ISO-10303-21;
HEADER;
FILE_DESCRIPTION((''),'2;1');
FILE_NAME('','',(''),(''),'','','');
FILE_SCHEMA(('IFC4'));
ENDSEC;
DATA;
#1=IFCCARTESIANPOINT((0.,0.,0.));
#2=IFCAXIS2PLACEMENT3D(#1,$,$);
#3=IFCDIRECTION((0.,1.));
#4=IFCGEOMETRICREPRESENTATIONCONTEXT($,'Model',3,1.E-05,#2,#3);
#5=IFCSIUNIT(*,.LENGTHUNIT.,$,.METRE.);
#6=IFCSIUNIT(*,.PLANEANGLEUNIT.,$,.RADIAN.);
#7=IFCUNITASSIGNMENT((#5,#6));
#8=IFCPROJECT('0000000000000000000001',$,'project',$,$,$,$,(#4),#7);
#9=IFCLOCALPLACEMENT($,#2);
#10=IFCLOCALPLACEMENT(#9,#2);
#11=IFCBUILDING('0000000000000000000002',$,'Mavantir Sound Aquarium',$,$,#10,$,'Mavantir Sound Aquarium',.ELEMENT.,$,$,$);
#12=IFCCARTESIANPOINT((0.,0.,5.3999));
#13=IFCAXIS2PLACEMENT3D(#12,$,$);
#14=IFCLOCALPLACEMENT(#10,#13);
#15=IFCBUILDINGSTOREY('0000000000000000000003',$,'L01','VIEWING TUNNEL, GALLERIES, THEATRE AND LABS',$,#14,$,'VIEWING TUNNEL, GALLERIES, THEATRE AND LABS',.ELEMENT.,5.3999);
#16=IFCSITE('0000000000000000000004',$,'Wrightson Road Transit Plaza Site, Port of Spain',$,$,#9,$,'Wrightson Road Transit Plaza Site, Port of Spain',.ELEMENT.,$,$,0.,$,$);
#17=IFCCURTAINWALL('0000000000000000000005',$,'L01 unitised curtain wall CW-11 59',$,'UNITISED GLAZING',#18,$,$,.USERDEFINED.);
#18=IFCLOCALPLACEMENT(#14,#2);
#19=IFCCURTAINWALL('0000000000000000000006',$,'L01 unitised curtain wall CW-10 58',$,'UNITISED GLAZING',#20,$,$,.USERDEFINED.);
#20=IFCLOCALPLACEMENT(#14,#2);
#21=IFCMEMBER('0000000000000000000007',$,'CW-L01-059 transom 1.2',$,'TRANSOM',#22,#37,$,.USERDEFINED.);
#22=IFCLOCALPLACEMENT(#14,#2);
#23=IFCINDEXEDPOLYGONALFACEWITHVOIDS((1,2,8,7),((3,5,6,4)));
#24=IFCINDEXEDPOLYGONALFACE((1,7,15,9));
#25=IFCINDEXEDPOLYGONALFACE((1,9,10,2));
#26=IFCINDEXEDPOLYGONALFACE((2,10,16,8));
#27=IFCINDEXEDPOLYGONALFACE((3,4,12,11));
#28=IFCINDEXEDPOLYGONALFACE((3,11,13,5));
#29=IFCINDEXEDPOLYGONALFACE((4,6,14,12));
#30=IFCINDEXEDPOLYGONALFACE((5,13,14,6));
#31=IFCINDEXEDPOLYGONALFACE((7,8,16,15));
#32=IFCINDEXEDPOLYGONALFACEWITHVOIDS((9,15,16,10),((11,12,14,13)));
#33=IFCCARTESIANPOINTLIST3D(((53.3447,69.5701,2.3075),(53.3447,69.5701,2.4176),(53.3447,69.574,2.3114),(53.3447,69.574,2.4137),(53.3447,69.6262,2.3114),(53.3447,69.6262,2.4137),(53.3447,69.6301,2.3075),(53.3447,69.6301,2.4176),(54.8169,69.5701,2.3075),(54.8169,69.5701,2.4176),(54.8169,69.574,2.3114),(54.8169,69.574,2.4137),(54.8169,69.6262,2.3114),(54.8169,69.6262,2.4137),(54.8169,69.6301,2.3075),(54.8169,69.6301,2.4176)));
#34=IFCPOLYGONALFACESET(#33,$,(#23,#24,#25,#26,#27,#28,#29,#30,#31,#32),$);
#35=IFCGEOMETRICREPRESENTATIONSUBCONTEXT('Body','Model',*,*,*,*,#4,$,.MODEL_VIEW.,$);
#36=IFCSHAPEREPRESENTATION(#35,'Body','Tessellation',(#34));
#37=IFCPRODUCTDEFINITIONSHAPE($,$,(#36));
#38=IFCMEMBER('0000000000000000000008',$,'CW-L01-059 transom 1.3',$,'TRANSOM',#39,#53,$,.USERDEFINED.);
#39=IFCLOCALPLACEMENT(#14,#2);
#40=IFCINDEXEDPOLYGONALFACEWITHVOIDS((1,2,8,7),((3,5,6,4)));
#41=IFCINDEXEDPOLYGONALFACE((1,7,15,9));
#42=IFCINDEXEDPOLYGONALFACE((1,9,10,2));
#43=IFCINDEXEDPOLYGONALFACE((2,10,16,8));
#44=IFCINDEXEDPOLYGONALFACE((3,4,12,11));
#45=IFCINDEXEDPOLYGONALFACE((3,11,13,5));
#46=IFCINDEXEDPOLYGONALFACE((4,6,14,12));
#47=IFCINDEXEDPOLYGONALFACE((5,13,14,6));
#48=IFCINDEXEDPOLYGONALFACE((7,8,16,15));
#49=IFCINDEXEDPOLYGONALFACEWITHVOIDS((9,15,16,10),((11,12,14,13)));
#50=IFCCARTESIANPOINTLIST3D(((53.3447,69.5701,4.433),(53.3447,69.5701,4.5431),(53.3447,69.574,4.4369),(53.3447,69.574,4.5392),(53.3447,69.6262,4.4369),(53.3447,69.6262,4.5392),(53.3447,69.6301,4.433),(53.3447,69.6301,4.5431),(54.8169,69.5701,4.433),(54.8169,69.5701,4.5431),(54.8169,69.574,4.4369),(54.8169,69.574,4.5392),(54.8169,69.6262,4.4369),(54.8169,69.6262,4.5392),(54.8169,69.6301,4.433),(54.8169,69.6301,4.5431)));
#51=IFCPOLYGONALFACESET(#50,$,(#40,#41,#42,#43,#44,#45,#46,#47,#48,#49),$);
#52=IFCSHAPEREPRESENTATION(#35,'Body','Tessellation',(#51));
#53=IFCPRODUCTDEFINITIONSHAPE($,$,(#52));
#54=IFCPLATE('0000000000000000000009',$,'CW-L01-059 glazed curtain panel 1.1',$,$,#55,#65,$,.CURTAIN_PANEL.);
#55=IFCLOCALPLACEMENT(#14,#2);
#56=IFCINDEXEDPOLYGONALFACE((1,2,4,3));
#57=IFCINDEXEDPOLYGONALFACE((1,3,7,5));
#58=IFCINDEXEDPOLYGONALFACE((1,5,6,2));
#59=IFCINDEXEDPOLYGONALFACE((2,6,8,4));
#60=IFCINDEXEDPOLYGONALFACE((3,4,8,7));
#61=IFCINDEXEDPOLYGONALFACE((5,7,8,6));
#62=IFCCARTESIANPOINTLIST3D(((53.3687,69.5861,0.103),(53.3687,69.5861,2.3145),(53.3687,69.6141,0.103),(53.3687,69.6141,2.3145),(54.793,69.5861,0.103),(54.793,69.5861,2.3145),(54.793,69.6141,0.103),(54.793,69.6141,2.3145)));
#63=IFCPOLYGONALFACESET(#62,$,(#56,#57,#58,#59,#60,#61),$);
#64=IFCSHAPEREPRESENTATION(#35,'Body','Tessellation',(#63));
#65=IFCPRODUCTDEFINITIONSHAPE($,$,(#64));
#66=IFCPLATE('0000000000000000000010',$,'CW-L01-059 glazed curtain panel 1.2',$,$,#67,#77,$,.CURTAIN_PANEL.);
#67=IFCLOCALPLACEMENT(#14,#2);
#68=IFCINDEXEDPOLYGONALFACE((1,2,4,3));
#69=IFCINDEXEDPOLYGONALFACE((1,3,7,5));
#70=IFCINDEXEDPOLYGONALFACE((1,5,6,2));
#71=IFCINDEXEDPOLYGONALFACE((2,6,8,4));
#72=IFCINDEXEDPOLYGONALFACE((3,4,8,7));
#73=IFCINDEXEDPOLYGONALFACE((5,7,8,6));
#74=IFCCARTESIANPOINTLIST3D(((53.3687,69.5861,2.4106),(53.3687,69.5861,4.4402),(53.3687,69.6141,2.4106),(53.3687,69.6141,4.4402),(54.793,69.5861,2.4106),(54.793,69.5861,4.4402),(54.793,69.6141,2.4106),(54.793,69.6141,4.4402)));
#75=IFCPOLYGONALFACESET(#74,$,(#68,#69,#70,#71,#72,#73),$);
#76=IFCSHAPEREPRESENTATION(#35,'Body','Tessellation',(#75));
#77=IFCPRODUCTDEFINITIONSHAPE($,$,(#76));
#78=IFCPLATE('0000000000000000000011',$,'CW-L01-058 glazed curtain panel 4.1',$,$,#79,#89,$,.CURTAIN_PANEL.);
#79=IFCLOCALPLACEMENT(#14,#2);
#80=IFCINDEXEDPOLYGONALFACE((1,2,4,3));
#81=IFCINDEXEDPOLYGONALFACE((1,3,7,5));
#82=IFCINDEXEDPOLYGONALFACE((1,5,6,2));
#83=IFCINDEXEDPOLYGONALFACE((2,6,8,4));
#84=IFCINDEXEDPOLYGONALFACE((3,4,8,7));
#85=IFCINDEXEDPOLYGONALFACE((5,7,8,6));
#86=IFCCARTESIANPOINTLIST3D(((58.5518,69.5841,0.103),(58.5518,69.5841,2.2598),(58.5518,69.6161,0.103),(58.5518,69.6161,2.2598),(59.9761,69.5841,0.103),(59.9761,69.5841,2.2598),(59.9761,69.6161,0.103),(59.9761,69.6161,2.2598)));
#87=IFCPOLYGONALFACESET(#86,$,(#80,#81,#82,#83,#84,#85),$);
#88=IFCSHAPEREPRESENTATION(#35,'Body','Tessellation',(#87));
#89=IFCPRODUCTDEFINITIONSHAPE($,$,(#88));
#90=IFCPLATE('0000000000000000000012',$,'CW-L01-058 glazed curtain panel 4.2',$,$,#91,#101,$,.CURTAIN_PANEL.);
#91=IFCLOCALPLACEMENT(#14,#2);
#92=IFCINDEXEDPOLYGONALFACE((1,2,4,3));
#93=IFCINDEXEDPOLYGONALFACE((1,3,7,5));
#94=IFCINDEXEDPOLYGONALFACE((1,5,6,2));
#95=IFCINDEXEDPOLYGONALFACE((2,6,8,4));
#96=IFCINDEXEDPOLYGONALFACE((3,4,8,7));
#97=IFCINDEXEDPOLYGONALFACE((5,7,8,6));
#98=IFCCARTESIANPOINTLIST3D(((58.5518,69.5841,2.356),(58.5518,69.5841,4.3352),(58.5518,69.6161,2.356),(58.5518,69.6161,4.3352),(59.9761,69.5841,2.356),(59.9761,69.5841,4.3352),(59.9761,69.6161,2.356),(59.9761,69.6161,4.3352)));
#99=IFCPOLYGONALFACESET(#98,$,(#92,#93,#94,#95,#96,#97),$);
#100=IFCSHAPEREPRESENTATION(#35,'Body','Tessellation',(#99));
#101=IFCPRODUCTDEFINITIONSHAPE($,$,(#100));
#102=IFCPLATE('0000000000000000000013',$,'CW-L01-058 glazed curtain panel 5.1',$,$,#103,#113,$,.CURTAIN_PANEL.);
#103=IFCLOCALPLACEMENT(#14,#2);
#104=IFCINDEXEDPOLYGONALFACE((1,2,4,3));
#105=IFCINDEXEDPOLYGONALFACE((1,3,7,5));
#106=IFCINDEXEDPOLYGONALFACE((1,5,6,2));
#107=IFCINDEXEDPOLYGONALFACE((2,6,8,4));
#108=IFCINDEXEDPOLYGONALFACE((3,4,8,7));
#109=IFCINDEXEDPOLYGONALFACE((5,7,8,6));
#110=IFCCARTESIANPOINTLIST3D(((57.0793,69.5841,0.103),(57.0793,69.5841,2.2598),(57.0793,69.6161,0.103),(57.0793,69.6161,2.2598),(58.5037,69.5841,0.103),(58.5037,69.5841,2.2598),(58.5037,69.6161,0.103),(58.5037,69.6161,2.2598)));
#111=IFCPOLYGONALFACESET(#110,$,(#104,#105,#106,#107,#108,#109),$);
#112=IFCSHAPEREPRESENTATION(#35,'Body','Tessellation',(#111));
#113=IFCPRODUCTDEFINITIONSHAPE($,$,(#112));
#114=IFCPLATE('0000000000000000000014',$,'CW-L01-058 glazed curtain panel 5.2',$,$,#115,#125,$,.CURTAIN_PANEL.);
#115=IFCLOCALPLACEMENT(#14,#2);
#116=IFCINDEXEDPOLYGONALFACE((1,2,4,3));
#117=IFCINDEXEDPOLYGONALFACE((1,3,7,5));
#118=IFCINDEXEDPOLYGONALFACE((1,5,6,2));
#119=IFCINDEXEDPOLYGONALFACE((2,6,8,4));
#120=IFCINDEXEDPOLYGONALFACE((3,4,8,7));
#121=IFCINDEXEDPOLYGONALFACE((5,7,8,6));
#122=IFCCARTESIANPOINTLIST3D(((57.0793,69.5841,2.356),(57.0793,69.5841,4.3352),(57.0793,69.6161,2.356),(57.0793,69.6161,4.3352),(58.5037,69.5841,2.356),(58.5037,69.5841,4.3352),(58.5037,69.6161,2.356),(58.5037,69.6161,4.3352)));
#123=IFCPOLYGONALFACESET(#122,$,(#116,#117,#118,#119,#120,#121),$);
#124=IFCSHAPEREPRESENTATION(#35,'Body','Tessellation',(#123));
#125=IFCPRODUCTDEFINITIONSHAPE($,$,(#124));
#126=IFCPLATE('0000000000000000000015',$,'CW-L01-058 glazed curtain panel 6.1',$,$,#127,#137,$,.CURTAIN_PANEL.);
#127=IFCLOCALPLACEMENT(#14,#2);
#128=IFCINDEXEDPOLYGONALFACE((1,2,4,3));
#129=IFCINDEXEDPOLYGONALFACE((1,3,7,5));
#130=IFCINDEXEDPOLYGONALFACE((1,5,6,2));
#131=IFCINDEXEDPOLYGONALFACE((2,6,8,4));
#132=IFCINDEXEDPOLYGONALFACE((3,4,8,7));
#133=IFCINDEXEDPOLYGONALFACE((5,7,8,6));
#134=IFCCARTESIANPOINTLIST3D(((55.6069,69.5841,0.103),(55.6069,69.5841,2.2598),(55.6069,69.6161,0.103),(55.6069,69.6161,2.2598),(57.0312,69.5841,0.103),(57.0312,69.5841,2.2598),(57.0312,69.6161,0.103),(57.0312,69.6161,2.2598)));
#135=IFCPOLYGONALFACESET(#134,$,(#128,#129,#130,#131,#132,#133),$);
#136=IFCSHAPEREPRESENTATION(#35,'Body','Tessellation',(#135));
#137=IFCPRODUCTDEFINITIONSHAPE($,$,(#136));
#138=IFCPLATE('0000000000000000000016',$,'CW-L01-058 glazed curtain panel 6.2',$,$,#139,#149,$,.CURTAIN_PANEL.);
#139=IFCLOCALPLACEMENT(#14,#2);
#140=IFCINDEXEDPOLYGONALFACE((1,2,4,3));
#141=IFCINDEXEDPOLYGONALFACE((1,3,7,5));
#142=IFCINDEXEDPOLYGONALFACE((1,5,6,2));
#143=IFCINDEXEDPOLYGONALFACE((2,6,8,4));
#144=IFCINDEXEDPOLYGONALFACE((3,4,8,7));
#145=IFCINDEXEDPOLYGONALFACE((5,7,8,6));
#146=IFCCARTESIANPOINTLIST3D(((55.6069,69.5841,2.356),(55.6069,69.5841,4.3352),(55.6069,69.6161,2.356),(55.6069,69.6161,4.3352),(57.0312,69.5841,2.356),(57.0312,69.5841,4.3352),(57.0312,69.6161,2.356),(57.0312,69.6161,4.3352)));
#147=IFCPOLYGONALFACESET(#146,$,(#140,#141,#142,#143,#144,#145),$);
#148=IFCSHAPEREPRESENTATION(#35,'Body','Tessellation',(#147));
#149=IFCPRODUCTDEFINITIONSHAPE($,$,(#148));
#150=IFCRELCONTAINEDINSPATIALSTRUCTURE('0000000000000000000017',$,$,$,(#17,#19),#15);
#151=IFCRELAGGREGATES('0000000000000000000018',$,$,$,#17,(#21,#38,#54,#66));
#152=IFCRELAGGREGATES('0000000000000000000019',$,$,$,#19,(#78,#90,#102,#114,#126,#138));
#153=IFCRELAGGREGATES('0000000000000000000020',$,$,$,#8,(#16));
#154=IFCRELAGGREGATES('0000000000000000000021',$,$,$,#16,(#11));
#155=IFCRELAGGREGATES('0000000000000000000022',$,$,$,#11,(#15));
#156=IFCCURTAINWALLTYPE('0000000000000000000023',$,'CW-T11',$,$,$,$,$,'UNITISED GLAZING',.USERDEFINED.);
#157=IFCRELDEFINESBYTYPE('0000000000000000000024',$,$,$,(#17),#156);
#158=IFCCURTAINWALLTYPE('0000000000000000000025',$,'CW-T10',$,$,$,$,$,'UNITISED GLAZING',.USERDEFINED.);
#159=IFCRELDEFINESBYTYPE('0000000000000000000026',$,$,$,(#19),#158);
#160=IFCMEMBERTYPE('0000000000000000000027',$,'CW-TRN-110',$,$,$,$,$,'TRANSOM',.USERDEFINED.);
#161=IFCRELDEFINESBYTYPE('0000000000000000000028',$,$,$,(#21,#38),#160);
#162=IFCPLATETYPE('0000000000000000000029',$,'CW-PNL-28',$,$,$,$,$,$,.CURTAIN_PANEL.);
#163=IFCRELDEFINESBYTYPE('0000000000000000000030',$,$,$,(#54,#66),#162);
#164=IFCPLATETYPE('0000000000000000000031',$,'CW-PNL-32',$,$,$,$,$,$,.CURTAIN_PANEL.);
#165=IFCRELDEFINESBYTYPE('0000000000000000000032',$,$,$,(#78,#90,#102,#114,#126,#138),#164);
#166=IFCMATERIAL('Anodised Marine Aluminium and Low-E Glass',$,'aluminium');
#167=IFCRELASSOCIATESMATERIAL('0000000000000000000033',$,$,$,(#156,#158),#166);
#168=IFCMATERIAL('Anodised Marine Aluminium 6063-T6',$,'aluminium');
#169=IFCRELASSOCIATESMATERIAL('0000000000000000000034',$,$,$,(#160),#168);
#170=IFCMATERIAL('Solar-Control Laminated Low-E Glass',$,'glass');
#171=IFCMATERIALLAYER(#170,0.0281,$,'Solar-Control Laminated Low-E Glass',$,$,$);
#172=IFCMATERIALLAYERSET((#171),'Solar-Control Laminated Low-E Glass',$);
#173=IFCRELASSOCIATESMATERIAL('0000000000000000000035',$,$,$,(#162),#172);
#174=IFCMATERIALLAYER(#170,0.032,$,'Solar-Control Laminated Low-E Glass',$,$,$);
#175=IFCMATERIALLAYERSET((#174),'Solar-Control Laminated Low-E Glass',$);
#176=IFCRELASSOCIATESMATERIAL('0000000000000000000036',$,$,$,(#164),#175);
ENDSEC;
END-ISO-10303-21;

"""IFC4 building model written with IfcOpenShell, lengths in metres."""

from ifc_helpers import new_model, si_unit, direction, frame, origin, origin_2d, place, context, subcontext, project, spatial, rectangle, hollow_rectangle, extrude, material, layer, layer_set, material_profile, profile_set, type_object, element, aggregate, save


model = new_model("IFC4")

# Units and contexts
model_context = context("Model", 3, precision=1e-05, world=origin(), true_north=direction((0.0, 1.0)))
body_context = subcontext(model_context, "Body", "Model", "MODEL_VIEW")
ifc_project = project(units=[si_unit("LENGTHUNIT", "METRE"), si_unit("PLANEANGLEUNIT", "RADIAN")], contexts=[model_context])

# Site, building, storey
site_placement = place(None, origin())
site = spatial("IfcSite", under=ifc_project, at=site_placement, Name="Wrightson Road Transit Plaza Site, Port of Spain", LongName="Wrightson Road Transit Plaza Site, Port of Spain", CompositionType="ELEMENT", RefElevation=0.0)
building_placement = place(site_placement, origin())
building = spatial("IfcBuilding", under=site, at=building_placement, Name="Mavantir Sound Aquarium", LongName="Mavantir Sound Aquarium", CompositionType="ELEMENT")
storey_placement = place(building_placement, frame((0.0, 0.0, 5.3999)))
storey = spatial("IfcBuildingStorey", under=building, at=storey_placement, Name="L01", Description="VIEWING TUNNEL, GALLERIES, THEATRE AND LABS", LongName="VIEWING TUNNEL, GALLERIES, THEATRE AND LABS", CompositionType="ELEMENT", Elevation=5.3999)

# Curtain wall
ifc_material_1 = material(Name="Anodised Marine Aluminium and Low-E Glass", Category="aluminium")
curtain_wall_type_1 = type_object("IfcCurtainWallType", Name="CW-T11", ElementType="UNITISED GLAZING", PredefinedType="USERDEFINED", material=ifc_material_1)
curtain_wall_1_placement = place(storey_placement, origin())
curtain_wall_1 = element("IfcCurtainWall", 1, at=curtain_wall_1_placement, inside=storey, type_object=curtain_wall_type_1, Name="L01 unitised curtain wall CW-11 59", ObjectType="UNITISED GLAZING", PredefinedType="USERDEFINED")
ifc_material_2 = material(Name="Anodised Marine Aluminium 6063-T6", Category="aluminium")

# Curtain wall
curtain_wall_type_2 = type_object("IfcCurtainWallType", Name="CW-T10", ElementType="UNITISED GLAZING", PredefinedType="USERDEFINED", material=ifc_material_1)
curtain_wall_2_placement = place(storey_placement, origin())
curtain_wall_2 = element("IfcCurtainWall", 2, at=curtain_wall_2_placement, inside=storey, type_object=curtain_wall_type_2, Name="L01 unitised curtain wall CW-10 58", ObjectType="UNITISED GLAZING", PredefinedType="USERDEFINED")
ifc_material_profile_1 = material_profile(ifc_material_2, hollow_rectangle(XDim=0.0601, YDim=0.1101, WallThickness=0.0039, at=origin_2d()), Name="ALU-TRANSOM-110X60")
ifc_profile_set_1 = profile_set([ifc_material_profile_1], Name="Anodised Marine Aluminium 6063-T6")
member_type_1 = type_object("IfcMemberType", Name="CW-TRN-110", ElementType="TRANSOM", PredefinedType="USERDEFINED", material=ifc_profile_set_1)

# Members
member_1_placement = place(storey_placement, frame((54.8169, 69.6001, 2.3625), z_axis=(-1.0, 0.0, 0.0), x_axis=(0.0, -1.0, 0.0)))
member_1 = element("IfcMember", 3, at=member_1_placement, type_object=member_type_1, Name="CW-L01-059 transom 1.2", ObjectType="TRANSOM", PredefinedType="USERDEFINED", context=body_context, shape_type="SweptSolid", body=[
    extrude(hollow_rectangle(XDim=0.0601, YDim=0.1101, WallThickness=0.0039, at=origin_2d()), origin(), (0.0, 0.0, 1.0), 1.4722),
])
member_2_placement = place(storey_placement, frame((54.8169, 69.6001, 4.488), z_axis=(-1.0, 0.0, 0.0), x_axis=(0.0, -1.0, 0.0)))
member_2 = element("IfcMember", 4, at=member_2_placement, type_object=member_type_1, Name="CW-L01-059 transom 1.3", ObjectType="TRANSOM", PredefinedType="USERDEFINED", context=body_context, shape_type="SweptSolid", body=[
    extrude(hollow_rectangle(XDim=0.0601, YDim=0.1101, WallThickness=0.0039, at=origin_2d()), origin(), (0.0, 0.0, 1.0), 1.4722),
])

# Plates
ifc_material_3 = material(Name="Solar-Control Laminated Low-E Glass", Category="glass")
ifc_layer_1 = layer(ifc_material_3, 0.0281, Name="Solar-Control Laminated Low-E Glass")
ifc_layer_set_1 = layer_set([ifc_layer_1], Name="Solar-Control Laminated Low-E Glass")
plate_type_1 = type_object("IfcPlateType", Name="CW-PNL-28", PredefinedType="CURTAIN_PANEL", material=ifc_layer_set_1)
plate_1_placement = place(storey_placement, frame((54.0808, 69.6001, 0.103), z_axis=(0.0, 0.0, 1.0), x_axis=(-1.0, 0.0, 0.0)))
plate_1 = element("IfcPlate", 5, at=plate_1_placement, type_object=plate_type_1, Name="CW-L01-059 glazed curtain panel 1.1", PredefinedType="CURTAIN_PANEL", context=body_context, shape_type="SweptSolid", body=[
    extrude(rectangle(XDim=1.4243, YDim=0.0281, at=origin_2d()), origin(), (0.0, 0.0, 1.0), 2.2114),
])
plate_2_placement = place(storey_placement, frame((54.0808, 69.6001, 2.4106), z_axis=(0.0, 0.0, 1.0), x_axis=(-1.0, 0.0, 0.0)))
plate_2 = element("IfcPlate", 6, at=plate_2_placement, type_object=plate_type_1, Name="CW-L01-059 glazed curtain panel 1.2", PredefinedType="CURTAIN_PANEL", context=body_context, shape_type="SweptSolid", body=[
    extrude(rectangle(XDim=1.4243, YDim=0.0281, at=origin_2d()), origin(), (0.0, 0.0, 1.0), 2.0295),
])
aggregate(curtain_wall_1, [member_1, member_2, plate_1, plate_2])
ifc_layer_2 = layer(ifc_material_3, 0.032, Name="Solar-Control Laminated Low-E Glass")
ifc_layer_set_2 = layer_set([ifc_layer_2], Name="Solar-Control Laminated Low-E Glass")
plate_type_2 = type_object("IfcPlateType", Name="CW-PNL-32", PredefinedType="CURTAIN_PANEL", material=ifc_layer_set_2)
plate_3_placement = place(storey_placement, frame((59.2639, 69.6001, 0.103), z_axis=(0.0, 0.0, 1.0), x_axis=(-1.0, 0.0, 0.0)))
plate_3 = element("IfcPlate", 7, at=plate_3_placement, type_object=plate_type_2, Name="CW-L01-058 glazed curtain panel 4.1", PredefinedType="CURTAIN_PANEL", context=body_context, shape_type="SweptSolid", body=[
    extrude(rectangle(XDim=1.4243, YDim=0.032, at=origin_2d()), origin(), (0.0, 0.0, 1.0), 2.1567),
])
plate_4_placement = place(storey_placement, frame((59.2639, 69.6001, 2.356), z_axis=(0.0, 0.0, 1.0), x_axis=(-1.0, 0.0, 0.0)))
plate_4 = element("IfcPlate", 8, at=plate_4_placement, type_object=plate_type_2, Name="CW-L01-058 glazed curtain panel 4.2", PredefinedType="CURTAIN_PANEL", context=body_context, shape_type="SweptSolid", body=[
    extrude(rectangle(XDim=1.4243, YDim=0.032, at=origin_2d()), origin(), (0.0, 0.0, 1.0), 1.9792),
])
plate_5_placement = place(storey_placement, frame((57.7915, 69.6001, 0.103), z_axis=(0.0, 0.0, 1.0), x_axis=(-1.0, 0.0, 0.0)))
plate_5 = element("IfcPlate", 9, at=plate_5_placement, type_object=plate_type_2, Name="CW-L01-058 glazed curtain panel 5.1", PredefinedType="CURTAIN_PANEL", context=body_context, shape_type="SweptSolid", body=[
    extrude(rectangle(XDim=1.4243, YDim=0.032, at=origin_2d()), origin(), (0.0, 0.0, 1.0), 2.1567),
])
plate_6_placement = place(storey_placement, frame((57.7915, 69.6001, 2.356), z_axis=(0.0, 0.0, 1.0), x_axis=(-1.0, 0.0, 0.0)))
plate_6 = element("IfcPlate", 10, at=plate_6_placement, type_object=plate_type_2, Name="CW-L01-058 glazed curtain panel 5.2", PredefinedType="CURTAIN_PANEL", context=body_context, shape_type="SweptSolid", body=[
    extrude(rectangle(XDim=1.4243, YDim=0.032, at=origin_2d()), origin(), (0.0, 0.0, 1.0), 1.9792),
])
plate_7_placement = place(storey_placement, frame((56.3191, 69.6001, 0.103), z_axis=(0.0, 0.0, 1.0), x_axis=(-1.0, 0.0, 0.0)))
plate_7 = element("IfcPlate", 11, at=plate_7_placement, type_object=plate_type_2, Name="CW-L01-058 glazed curtain panel 6.1", PredefinedType="CURTAIN_PANEL", context=body_context, shape_type="SweptSolid", body=[
    extrude(rectangle(XDim=1.4243, YDim=0.032, at=origin_2d()), origin(), (0.0, 0.0, 1.0), 2.1567),
])
plate_8_placement = place(storey_placement, frame((56.3191, 69.6001, 2.356), z_axis=(0.0, 0.0, 1.0), x_axis=(-1.0, 0.0, 0.0)))
plate_8 = element("IfcPlate", 12, at=plate_8_placement, type_object=plate_type_2, Name="CW-L01-058 glazed curtain panel 6.2", PredefinedType="CURTAIN_PANEL", context=body_context, shape_type="SweptSolid", body=[
    extrude(rectangle(XDim=1.4243, YDim=0.032, at=origin_2d()), origin(), (0.0, 0.0, 1.0), 1.9792),
])
aggregate(curtain_wall_2, [plate_3, plate_4, plate_5, plate_6, plate_7, plate_8])

save(model, "model.ifc")
